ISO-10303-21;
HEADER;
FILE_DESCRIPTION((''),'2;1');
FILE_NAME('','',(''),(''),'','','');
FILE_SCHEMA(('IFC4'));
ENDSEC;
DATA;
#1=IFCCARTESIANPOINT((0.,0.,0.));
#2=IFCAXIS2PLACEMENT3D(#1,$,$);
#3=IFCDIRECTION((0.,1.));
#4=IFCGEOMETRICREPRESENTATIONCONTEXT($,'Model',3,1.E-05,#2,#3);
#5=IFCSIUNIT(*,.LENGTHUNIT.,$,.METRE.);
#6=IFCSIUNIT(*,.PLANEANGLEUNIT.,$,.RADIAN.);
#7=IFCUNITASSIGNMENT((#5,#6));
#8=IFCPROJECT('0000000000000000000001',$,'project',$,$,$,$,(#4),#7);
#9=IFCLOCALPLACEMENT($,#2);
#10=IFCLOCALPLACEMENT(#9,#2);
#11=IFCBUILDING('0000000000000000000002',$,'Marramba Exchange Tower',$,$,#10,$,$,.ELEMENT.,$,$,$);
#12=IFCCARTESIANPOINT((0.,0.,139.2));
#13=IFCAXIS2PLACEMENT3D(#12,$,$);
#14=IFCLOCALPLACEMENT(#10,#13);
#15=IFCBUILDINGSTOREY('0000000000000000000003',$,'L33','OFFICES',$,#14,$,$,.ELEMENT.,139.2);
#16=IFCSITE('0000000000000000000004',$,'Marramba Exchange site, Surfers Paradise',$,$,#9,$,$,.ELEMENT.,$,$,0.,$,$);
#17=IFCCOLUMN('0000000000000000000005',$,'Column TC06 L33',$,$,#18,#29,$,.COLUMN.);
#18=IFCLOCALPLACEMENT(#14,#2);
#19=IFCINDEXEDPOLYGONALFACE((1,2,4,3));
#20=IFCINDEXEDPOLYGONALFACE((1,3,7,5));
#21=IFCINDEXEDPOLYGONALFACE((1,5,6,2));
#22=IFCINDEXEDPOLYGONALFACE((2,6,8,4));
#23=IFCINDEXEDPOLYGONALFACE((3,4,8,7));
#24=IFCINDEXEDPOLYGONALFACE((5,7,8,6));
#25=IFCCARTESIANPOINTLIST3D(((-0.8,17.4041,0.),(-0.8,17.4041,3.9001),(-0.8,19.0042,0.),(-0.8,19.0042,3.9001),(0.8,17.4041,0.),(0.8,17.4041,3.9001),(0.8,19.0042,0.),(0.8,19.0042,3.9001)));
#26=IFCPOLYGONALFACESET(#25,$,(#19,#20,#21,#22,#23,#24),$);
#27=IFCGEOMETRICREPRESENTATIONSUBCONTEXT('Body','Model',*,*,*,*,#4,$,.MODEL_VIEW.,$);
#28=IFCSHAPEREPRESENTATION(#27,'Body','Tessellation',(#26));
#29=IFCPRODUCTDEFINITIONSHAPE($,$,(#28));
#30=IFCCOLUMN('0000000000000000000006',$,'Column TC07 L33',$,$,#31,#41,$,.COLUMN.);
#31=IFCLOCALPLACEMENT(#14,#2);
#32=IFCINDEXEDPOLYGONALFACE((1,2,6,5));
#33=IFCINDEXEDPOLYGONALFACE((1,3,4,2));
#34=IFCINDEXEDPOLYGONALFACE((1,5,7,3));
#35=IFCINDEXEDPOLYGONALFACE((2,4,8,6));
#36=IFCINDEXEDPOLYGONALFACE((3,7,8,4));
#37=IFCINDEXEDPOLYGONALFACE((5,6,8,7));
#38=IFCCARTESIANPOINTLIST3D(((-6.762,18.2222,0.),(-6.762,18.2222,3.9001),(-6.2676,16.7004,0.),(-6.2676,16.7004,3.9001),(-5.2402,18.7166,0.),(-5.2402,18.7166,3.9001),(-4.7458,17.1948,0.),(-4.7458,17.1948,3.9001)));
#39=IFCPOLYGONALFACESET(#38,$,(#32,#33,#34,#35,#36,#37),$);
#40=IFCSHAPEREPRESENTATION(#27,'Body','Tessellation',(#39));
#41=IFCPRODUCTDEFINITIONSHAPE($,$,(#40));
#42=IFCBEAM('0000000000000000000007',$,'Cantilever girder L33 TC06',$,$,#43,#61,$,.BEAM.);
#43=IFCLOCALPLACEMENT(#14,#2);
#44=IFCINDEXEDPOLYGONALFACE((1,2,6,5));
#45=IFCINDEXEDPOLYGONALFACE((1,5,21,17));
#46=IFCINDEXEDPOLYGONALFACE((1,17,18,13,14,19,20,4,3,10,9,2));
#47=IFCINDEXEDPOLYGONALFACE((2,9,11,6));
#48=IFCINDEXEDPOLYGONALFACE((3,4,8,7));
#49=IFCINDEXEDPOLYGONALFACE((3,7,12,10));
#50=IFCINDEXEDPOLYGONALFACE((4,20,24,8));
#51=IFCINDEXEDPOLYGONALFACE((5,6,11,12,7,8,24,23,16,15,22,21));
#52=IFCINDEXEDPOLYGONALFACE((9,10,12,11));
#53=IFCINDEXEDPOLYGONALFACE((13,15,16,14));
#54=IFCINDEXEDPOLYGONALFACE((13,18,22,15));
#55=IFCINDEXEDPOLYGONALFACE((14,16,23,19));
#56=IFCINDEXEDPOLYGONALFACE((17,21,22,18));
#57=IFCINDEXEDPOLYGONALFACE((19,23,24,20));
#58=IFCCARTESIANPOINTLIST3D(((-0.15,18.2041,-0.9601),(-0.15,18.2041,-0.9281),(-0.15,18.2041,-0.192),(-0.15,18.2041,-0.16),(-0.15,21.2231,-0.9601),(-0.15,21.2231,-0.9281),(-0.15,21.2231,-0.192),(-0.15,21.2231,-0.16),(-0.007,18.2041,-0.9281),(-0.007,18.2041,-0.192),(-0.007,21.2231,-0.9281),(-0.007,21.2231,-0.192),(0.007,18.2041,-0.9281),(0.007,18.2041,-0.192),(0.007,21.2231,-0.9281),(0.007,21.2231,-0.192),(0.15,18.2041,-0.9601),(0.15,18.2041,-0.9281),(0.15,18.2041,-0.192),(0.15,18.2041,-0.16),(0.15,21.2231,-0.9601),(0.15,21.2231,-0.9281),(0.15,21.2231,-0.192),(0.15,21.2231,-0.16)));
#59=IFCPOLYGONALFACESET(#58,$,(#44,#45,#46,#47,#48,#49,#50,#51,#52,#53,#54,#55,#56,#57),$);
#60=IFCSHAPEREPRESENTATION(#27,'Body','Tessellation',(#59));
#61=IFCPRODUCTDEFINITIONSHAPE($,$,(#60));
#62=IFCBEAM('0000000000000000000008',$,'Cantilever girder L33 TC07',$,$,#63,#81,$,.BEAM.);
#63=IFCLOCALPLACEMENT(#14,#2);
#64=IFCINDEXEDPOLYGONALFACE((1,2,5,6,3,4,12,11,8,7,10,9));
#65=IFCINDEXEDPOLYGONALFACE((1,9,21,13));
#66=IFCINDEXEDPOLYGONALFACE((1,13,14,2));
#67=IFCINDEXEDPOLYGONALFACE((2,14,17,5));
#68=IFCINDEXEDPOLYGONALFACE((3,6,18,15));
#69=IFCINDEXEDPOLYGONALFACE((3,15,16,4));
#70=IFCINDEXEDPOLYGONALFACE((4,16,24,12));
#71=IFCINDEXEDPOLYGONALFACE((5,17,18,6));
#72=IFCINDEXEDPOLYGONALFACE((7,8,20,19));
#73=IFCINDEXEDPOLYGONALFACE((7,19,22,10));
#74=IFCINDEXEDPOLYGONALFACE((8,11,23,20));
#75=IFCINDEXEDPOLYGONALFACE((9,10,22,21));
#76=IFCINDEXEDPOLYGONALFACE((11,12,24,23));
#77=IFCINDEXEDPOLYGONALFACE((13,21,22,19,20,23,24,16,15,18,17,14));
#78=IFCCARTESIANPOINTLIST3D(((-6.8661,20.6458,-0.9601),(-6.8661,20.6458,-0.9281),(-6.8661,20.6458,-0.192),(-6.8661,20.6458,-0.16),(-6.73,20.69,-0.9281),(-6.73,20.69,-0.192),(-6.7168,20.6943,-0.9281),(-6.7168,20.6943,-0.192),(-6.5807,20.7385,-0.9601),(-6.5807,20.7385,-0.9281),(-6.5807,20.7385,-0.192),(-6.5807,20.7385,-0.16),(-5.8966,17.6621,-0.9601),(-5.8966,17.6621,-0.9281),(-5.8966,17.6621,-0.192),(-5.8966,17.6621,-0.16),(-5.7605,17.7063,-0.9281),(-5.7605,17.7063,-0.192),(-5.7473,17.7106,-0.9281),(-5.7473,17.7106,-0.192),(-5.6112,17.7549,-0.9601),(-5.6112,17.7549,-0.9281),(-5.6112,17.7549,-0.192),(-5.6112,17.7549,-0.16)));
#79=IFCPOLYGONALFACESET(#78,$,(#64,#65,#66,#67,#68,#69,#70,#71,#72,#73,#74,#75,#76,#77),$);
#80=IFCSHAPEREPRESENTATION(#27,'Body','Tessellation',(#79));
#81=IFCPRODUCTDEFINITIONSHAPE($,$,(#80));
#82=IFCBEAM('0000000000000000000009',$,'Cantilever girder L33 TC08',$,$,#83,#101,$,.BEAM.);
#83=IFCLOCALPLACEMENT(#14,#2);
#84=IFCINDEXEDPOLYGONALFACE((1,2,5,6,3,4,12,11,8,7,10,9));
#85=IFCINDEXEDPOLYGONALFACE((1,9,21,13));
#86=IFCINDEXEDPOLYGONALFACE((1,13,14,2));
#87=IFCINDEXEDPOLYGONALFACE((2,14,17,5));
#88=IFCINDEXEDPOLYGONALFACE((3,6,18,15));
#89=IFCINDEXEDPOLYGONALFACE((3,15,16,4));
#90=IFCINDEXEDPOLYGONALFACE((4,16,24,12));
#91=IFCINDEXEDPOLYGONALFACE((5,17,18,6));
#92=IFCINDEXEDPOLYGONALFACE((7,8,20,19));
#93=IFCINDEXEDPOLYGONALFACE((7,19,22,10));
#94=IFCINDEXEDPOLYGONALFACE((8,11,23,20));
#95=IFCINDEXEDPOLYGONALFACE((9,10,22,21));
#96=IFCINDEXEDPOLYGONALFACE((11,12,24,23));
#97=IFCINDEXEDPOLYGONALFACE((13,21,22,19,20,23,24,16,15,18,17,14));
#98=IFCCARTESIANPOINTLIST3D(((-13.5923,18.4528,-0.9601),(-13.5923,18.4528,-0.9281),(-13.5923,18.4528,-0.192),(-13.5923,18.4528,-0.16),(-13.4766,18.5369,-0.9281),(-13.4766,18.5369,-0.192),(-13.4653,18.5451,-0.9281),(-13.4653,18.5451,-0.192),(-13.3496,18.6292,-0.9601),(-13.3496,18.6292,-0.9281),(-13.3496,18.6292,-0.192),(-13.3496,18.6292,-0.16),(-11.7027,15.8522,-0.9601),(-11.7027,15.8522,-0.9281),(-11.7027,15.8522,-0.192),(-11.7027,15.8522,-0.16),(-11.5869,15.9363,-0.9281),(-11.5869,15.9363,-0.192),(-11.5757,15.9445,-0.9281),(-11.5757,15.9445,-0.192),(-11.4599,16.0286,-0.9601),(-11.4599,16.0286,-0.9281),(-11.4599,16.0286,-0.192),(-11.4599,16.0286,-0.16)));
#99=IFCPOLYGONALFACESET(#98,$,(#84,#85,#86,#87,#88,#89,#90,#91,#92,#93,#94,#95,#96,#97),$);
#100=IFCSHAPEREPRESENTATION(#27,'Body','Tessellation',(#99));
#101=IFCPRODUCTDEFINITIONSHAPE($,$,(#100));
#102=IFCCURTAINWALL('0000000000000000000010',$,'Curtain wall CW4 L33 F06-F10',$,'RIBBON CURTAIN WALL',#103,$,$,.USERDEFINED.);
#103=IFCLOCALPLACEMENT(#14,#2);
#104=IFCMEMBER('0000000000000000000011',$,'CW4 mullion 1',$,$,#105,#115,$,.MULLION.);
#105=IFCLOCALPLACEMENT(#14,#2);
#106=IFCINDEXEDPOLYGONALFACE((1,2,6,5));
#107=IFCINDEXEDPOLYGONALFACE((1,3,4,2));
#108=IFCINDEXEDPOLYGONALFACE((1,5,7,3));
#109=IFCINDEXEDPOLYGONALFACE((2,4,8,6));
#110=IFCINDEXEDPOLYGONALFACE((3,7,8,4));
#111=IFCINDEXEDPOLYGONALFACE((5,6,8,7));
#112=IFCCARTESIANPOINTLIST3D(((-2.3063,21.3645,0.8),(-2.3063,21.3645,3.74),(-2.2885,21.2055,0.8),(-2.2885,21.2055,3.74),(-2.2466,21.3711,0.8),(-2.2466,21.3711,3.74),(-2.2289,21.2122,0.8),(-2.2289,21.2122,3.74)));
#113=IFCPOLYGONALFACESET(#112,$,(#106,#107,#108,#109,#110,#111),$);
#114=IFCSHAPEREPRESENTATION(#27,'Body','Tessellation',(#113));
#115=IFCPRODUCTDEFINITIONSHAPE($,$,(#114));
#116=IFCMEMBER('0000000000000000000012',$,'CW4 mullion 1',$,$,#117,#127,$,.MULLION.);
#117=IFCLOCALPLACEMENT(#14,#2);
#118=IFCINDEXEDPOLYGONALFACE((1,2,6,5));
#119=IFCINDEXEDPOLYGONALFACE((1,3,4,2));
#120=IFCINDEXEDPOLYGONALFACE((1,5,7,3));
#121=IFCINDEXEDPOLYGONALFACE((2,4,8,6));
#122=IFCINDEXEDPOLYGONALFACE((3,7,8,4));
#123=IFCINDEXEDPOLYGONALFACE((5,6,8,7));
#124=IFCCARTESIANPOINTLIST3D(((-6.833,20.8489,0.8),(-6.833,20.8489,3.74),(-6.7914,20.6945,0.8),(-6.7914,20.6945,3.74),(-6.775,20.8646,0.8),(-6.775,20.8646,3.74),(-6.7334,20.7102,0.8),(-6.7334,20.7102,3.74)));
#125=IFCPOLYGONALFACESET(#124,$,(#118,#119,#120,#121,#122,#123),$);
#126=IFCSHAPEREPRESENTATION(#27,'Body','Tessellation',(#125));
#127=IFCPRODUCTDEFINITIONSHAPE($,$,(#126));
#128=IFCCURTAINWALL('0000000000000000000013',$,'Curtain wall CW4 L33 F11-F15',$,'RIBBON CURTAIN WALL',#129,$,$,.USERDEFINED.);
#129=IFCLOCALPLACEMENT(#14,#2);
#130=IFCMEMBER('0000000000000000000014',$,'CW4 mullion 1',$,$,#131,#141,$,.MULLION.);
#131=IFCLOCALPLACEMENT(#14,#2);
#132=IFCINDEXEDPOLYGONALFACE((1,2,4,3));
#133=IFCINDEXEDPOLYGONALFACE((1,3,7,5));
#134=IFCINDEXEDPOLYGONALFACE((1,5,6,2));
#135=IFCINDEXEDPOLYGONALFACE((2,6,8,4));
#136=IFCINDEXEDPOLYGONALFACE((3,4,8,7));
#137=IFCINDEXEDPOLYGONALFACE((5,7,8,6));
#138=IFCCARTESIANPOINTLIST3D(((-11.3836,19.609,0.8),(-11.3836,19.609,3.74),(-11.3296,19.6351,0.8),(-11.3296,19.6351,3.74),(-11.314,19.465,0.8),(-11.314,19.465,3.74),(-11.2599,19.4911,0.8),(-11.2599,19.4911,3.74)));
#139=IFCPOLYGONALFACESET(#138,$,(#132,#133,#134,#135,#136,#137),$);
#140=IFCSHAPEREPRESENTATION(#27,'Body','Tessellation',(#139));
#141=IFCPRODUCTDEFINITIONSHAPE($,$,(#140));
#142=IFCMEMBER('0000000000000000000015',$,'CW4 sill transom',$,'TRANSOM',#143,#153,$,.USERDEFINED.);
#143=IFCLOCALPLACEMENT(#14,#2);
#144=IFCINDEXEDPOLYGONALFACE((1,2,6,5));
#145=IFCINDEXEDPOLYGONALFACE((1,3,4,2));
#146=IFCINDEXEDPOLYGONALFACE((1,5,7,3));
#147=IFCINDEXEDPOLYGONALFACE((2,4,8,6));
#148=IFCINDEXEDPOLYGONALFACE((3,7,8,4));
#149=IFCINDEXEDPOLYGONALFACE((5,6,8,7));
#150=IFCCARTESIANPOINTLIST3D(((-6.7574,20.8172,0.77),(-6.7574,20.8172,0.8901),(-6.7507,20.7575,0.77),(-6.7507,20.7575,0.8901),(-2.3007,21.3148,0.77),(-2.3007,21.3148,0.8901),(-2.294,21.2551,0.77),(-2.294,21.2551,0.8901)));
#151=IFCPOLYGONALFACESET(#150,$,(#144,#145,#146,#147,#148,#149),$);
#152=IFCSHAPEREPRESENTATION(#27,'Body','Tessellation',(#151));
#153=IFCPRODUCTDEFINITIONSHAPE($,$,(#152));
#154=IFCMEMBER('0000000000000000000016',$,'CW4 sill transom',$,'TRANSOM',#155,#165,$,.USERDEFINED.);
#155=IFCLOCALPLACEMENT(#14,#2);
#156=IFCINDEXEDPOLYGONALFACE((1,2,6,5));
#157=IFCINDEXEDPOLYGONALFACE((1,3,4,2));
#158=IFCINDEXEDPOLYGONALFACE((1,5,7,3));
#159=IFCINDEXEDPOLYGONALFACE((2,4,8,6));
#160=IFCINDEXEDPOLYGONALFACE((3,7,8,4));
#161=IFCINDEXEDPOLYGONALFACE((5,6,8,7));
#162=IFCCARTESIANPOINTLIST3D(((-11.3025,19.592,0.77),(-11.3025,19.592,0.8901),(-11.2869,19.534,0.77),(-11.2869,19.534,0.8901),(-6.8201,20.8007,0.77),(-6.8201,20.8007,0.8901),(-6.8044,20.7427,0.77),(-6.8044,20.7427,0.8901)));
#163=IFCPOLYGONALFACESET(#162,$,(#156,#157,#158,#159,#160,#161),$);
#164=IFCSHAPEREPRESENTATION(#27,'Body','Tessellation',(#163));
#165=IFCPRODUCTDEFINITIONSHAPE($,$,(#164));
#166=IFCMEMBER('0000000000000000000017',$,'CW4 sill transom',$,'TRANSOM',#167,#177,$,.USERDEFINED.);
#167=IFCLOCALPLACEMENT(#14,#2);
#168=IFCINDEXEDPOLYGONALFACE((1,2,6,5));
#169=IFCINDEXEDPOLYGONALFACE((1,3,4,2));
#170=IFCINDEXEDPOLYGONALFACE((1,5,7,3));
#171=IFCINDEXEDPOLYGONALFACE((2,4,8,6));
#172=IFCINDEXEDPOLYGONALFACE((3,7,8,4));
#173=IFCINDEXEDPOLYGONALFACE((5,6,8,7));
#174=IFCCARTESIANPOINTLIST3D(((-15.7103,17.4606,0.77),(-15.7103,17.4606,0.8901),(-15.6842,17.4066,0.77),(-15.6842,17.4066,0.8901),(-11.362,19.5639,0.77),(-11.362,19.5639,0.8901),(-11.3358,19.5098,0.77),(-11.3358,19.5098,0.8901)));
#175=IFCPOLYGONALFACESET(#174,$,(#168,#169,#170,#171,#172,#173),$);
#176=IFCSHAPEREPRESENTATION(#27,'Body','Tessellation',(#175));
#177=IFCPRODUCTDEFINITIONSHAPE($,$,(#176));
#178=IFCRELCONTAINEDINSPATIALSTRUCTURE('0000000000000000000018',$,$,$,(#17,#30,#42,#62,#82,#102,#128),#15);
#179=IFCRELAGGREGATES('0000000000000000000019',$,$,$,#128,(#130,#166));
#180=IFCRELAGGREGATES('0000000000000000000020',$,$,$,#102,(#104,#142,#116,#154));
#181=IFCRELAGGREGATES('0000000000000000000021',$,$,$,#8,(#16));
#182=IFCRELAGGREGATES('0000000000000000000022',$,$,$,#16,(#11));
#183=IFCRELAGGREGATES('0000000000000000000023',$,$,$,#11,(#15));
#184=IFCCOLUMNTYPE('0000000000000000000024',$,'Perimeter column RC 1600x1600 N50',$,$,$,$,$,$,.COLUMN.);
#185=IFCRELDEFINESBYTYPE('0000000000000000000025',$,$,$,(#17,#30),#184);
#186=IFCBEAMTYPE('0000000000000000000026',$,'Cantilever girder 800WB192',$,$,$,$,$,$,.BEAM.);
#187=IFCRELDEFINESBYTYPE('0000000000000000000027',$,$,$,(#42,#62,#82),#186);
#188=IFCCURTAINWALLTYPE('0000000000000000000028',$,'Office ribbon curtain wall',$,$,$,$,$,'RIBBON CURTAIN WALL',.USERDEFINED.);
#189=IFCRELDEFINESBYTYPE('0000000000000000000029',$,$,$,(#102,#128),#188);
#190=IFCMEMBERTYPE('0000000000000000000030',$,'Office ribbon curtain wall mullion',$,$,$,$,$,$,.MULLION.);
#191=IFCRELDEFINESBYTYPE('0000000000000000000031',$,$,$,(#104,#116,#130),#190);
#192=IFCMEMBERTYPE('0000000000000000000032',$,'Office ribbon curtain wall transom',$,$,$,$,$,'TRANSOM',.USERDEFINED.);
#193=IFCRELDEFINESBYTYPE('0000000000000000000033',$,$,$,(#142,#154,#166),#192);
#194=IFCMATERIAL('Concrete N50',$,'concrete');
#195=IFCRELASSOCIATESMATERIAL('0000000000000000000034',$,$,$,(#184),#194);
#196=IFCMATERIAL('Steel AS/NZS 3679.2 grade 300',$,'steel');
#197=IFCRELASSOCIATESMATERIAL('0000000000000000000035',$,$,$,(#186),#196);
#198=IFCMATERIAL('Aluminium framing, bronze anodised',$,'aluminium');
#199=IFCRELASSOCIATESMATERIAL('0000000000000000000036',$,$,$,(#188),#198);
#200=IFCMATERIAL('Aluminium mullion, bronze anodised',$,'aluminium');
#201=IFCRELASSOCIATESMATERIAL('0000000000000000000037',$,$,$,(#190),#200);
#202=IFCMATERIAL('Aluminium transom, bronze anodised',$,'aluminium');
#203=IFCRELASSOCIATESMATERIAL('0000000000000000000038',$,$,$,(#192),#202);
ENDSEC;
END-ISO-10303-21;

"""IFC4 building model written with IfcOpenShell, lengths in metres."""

from ifc_helpers import new_model, si_unit, direction, frame, origin, origin_2d, place, context, subcontext, project, spatial, rectangle, i_section, extrude, material, material_profile, profile_set, type_object, element, aggregate, save


model = new_model("IFC4")

# Units and contexts
model_context = context("Model", 3, precision=1e-05, world=origin(), true_north=direction((0.0, 1.0)))
body_context = subcontext(model_context, "Body", "Model", "MODEL_VIEW")
ifc_project = project(units=[si_unit("LENGTHUNIT", "METRE"), si_unit("PLANEANGLEUNIT", "RADIAN")], contexts=[model_context])

# Site, building, storey
site_placement = place(None, origin())
site = spatial("IfcSite", under=ifc_project, at=site_placement, Name="Marramba Exchange site, Surfers Paradise", CompositionType="ELEMENT", RefElevation=0.0)
building_placement = place(site_placement, origin())
building = spatial("IfcBuilding", under=site, at=building_placement, Name="Marramba Exchange Tower", CompositionType="ELEMENT")
storey_placement = place(building_placement, frame((0.0, 0.0, 139.2)))
storey = spatial("IfcBuildingStorey", under=building, at=storey_placement, Name="L33", Description="OFFICES", CompositionType="ELEMENT", Elevation=139.2)

# Columns
ifc_material_1 = material(Name="Concrete N50", Category="concrete")
ifc_material_profile_1 = material_profile(ifc_material_1, rectangle(XDim=1.6001, YDim=1.6001, at=origin_2d()), Name="RC 1600x1600")
ifc_profile_set_1 = profile_set([ifc_material_profile_1], Name="Concrete N50")
column_type = type_object("IfcColumnType", Name="Perimeter column RC 1600x1600 N50", PredefinedType="COLUMN", material=ifc_profile_set_1)
for number, where, z_axis, x_axis, name in (
    (1, (0.0, 18.2041, 0.0), (0.0, 0.0, 1.0), (0.0, 1.0, 0.0), "Column TC06 L33"),
    (2, (-5.7539, 17.7085, 0.0), (0.0, 0.0, 1.0), (-0.309017, 0.951057, 0.0), "Column TC07 L33"),
):
    element("IfcColumn", number, at=place(storey_placement, frame(where, z_axis=z_axis, x_axis=x_axis)), inside=storey, type_object=column_type, Name=name, PredefinedType="COLUMN", context=body_context, shape_type="SweptSolid", body=[
        extrude(rectangle(XDim=1.6001, YDim=1.6001, at=origin_2d()), origin(), (0.0, 0.0, 1.0), 3.9001),
    ])

# Beams
ifc_material_2 = material(Name="Steel AS/NZS 3679.2 grade 300", Category="steel")
ifc_material_profile_2 = material_profile(ifc_material_2, i_section(OverallWidth=0.3, OverallDepth=0.8, WebThickness=0.0139, FlangeThickness=0.032, at=origin_2d()), Name="800WB192")
ifc_profile_set_2 = profile_set([ifc_material_profile_2], Name="Steel AS/NZS 3679.2 grade 300")
beam_type_1 = type_object("IfcBeamType", Name="Cantilever girder 800WB192", PredefinedType="BEAM", material=ifc_profile_set_2)
beam_1_placement = place(storey_placement, frame((0.0, 18.2041, -0.5601), z_axis=(0.0, 1.0, 0.0), x_axis=(-1.0, 0.0, 0.0)))
element("IfcBeam", 3, at=beam_1_placement, inside=storey, type_object=beam_type_1, Name="Cantilever girder L33 TC06", PredefinedType="BEAM", context=body_context, shape_type="SweptSolid", body=[
    extrude(i_section(OverallWidth=0.3, OverallDepth=0.8, WebThickness=0.0139, FlangeThickness=0.032, at=origin_2d()), origin(), (0.0, 0.0, 1.0), 3.019),
])
beam_2_placement = place(storey_placement, frame((-5.7539, 17.7085, -0.5601), z_axis=(-0.309028, 0.951053, 0.0), x_axis=(-0.951053, -0.309028, 0.0)))
element("IfcBeam", 4, at=beam_2_placement, inside=storey, type_object=beam_type_1, Name="Cantilever girder L33 TC07", PredefinedType="BEAM", context=body_context, shape_type="SweptSolid", body=[
    extrude(i_section(OverallWidth=0.3, OverallDepth=0.8, WebThickness=0.0139, FlangeThickness=0.032, at=origin_2d()), origin(), (0.0, 0.0, 1.0), 3.1372),
])
beam_3_placement = place(storey_placement, frame((-11.5813, 15.9404, -0.5601), z_axis=(-0.587828, 0.808986, 0.0), x_axis=(-0.808986, -0.587828, 0.0)))
element("IfcBeam", 5, at=beam_3_placement, inside=storey, type_object=beam_type_1, Name="Cantilever girder L33 TC08", PredefinedType="BEAM", context=body_context, shape_type="SweptSolid", body=[
    extrude(i_section(OverallWidth=0.3, OverallDepth=0.8, WebThickness=0.0139, FlangeThickness=0.032, at=origin_2d()), origin(), (0.0, 0.0, 1.0), 3.2146),
])

# Curtain wall, members
ifc_material_3 = material(Name="Aluminium framing, bronze anodised", Category="aluminium")
curtain_wall_type = type_object("IfcCurtainWallType", Name="Office ribbon curtain wall", ElementType="RIBBON CURTAIN WALL", PredefinedType="USERDEFINED", material=ifc_material_3)
curtain_wall_1_placement = place(storey_placement, origin())
curtain_wall_1 = element("IfcCurtainWall", 6, at=curtain_wall_1_placement, inside=storey, type_object=curtain_wall_type, Name="Curtain wall CW4 L33 F06-F10", ObjectType="RIBBON CURTAIN WALL", PredefinedType="USERDEFINED")
ifc_material_4 = material(Name="Aluminium mullion, bronze anodised", Category="aluminium")
ifc_material_profile_3 = material_profile(ifc_material_4, rectangle(XDim=0.1599, YDim=0.0601, at=origin_2d()), Name="CW4 mullion 60x160")
ifc_profile_set_3 = profile_set([ifc_material_profile_3], Name="Aluminium mullion, bronze anodised")
member_type_1 = type_object("IfcMemberType", Name="Office ribbon curtain wall mullion", PredefinedType="MULLION", material=ifc_profile_set_3)
member_1_placement = place(storey_placement, frame((-2.2676, 21.2883, 0.8), z_axis=(0.0, 0.0, 1.0), x_axis=(0.110973, -0.993823, 0.0)))
member_1 = element("IfcMember", 7, at=member_1_placement, type_object=member_type_1, Name="CW4 mullion 1", PredefinedType="MULLION", context=body_context, shape_type="SweptSolid", body=[
    extrude(rectangle(XDim=0.1599, YDim=0.0601, at=origin_2d()), origin(), (0.0, 0.0, 1.0), 2.9399),
])
member_2_placement = place(storey_placement, frame((-6.7832, 20.7795, 0.8), z_axis=(0.0, 0.0, 1.0), x_axis=(0.260321, -0.965522, 0.0)))
member_2 = element("IfcMember", 8, at=member_2_placement, type_object=member_type_1, Name="CW4 mullion 1", PredefinedType="MULLION", context=body_context, shape_type="SweptSolid", body=[
    extrude(rectangle(XDim=0.1599, YDim=0.0601, at=origin_2d()), origin(), (0.0, 0.0, 1.0), 2.9399),
])

# Curtain wall, member
curtain_wall_2_placement = place(storey_placement, origin())
curtain_wall_2 = element("IfcCurtainWall", 9, at=curtain_wall_2_placement, inside=storey, type_object=curtain_wall_type, Name="Curtain wall CW4 L33 F11-F15", ObjectType="RIBBON CURTAIN WALL", PredefinedType="USERDEFINED")
member_3_placement = place(storey_placement, frame((-11.3218, 19.55, 0.8), z_axis=(0.0, 0.0, 1.0), x_axis=(0.435428, -0.900224, 0.0)))
member_3 = element("IfcMember", 10, at=member_3_placement, type_object=member_type_1, Name="CW4 mullion 1", PredefinedType="MULLION", context=body_context, shape_type="SweptSolid", body=[
    extrude(rectangle(XDim=0.1599, YDim=0.0601, at=origin_2d()), origin(), (0.0, 0.0, 1.0), 2.9399),
])

# Members
ifc_material_5 = material(Name="Aluminium transom, bronze anodised", Category="aluminium")
ifc_material_profile_4 = material_profile(ifc_material_5, rectangle(XDim=0.0601, YDim=0.1201, at=origin_2d()), Name="CW4 transom 60x120")
ifc_profile_set_4 = profile_set([ifc_material_profile_4], Name="Aluminium transom, bronze anodised")
member_type_2 = type_object("IfcMemberType", Name="Office ribbon curtain wall transom", ElementType="TRANSOM", PredefinedType="USERDEFINED", material=ifc_profile_set_4)
member_4_placement = place(storey_placement, frame((-2.2974, 21.2849, 0.8301), z_axis=(-0.993826, -0.110951, 0.0), x_axis=(0.110951, -0.993826, 0.0)))
member_4 = element("IfcMember", 11, at=member_4_placement, type_object=member_type_2, Name="CW4 sill transom", ObjectType="TRANSOM", PredefinedType="USERDEFINED", context=body_context, shape_type="SweptSolid", body=[
    extrude(rectangle(XDim=0.0601, YDim=0.1201, at=origin_2d()), origin(), (0.0, 0.0, 1.0), 4.4844),
])
member_5_placement = place(storey_placement, frame((-6.8123, 20.7717, 0.8301), z_axis=(-0.965511, -0.260362, 0.0), x_axis=(0.260362, -0.965511, 0.0)))
member_5 = element("IfcMember", 12, at=member_5_placement, type_object=member_type_2, Name="CW4 sill transom", ObjectType="TRANSOM", PredefinedType="USERDEFINED", context=body_context, shape_type="SweptSolid", body=[
    extrude(rectangle(XDim=0.0601, YDim=0.1201, at=origin_2d()), origin(), (0.0, 0.0, 1.0), 4.6426),
])
member_6_placement = place(storey_placement, frame((-11.3489, 19.5369, 0.8301), z_axis=(-0.900223, -0.435429, 0.0), x_axis=(0.435429, -0.900223, 0.0)))
member_6 = element("IfcMember", 13, at=member_6_placement, type_object=member_type_2, Name="CW4 sill transom", ObjectType="TRANSOM", PredefinedType="USERDEFINED", context=body_context, shape_type="SweptSolid", body=[
    extrude(rectangle(XDim=0.0601, YDim=0.1201, at=origin_2d()), origin(), (0.0, 0.0, 1.0), 4.8303),
])
aggregate(curtain_wall_2, [member_3, member_6])

aggregate(curtain_wall_1, [member_1, member_4, member_2, member_5])

save(model, "model.ifc")
